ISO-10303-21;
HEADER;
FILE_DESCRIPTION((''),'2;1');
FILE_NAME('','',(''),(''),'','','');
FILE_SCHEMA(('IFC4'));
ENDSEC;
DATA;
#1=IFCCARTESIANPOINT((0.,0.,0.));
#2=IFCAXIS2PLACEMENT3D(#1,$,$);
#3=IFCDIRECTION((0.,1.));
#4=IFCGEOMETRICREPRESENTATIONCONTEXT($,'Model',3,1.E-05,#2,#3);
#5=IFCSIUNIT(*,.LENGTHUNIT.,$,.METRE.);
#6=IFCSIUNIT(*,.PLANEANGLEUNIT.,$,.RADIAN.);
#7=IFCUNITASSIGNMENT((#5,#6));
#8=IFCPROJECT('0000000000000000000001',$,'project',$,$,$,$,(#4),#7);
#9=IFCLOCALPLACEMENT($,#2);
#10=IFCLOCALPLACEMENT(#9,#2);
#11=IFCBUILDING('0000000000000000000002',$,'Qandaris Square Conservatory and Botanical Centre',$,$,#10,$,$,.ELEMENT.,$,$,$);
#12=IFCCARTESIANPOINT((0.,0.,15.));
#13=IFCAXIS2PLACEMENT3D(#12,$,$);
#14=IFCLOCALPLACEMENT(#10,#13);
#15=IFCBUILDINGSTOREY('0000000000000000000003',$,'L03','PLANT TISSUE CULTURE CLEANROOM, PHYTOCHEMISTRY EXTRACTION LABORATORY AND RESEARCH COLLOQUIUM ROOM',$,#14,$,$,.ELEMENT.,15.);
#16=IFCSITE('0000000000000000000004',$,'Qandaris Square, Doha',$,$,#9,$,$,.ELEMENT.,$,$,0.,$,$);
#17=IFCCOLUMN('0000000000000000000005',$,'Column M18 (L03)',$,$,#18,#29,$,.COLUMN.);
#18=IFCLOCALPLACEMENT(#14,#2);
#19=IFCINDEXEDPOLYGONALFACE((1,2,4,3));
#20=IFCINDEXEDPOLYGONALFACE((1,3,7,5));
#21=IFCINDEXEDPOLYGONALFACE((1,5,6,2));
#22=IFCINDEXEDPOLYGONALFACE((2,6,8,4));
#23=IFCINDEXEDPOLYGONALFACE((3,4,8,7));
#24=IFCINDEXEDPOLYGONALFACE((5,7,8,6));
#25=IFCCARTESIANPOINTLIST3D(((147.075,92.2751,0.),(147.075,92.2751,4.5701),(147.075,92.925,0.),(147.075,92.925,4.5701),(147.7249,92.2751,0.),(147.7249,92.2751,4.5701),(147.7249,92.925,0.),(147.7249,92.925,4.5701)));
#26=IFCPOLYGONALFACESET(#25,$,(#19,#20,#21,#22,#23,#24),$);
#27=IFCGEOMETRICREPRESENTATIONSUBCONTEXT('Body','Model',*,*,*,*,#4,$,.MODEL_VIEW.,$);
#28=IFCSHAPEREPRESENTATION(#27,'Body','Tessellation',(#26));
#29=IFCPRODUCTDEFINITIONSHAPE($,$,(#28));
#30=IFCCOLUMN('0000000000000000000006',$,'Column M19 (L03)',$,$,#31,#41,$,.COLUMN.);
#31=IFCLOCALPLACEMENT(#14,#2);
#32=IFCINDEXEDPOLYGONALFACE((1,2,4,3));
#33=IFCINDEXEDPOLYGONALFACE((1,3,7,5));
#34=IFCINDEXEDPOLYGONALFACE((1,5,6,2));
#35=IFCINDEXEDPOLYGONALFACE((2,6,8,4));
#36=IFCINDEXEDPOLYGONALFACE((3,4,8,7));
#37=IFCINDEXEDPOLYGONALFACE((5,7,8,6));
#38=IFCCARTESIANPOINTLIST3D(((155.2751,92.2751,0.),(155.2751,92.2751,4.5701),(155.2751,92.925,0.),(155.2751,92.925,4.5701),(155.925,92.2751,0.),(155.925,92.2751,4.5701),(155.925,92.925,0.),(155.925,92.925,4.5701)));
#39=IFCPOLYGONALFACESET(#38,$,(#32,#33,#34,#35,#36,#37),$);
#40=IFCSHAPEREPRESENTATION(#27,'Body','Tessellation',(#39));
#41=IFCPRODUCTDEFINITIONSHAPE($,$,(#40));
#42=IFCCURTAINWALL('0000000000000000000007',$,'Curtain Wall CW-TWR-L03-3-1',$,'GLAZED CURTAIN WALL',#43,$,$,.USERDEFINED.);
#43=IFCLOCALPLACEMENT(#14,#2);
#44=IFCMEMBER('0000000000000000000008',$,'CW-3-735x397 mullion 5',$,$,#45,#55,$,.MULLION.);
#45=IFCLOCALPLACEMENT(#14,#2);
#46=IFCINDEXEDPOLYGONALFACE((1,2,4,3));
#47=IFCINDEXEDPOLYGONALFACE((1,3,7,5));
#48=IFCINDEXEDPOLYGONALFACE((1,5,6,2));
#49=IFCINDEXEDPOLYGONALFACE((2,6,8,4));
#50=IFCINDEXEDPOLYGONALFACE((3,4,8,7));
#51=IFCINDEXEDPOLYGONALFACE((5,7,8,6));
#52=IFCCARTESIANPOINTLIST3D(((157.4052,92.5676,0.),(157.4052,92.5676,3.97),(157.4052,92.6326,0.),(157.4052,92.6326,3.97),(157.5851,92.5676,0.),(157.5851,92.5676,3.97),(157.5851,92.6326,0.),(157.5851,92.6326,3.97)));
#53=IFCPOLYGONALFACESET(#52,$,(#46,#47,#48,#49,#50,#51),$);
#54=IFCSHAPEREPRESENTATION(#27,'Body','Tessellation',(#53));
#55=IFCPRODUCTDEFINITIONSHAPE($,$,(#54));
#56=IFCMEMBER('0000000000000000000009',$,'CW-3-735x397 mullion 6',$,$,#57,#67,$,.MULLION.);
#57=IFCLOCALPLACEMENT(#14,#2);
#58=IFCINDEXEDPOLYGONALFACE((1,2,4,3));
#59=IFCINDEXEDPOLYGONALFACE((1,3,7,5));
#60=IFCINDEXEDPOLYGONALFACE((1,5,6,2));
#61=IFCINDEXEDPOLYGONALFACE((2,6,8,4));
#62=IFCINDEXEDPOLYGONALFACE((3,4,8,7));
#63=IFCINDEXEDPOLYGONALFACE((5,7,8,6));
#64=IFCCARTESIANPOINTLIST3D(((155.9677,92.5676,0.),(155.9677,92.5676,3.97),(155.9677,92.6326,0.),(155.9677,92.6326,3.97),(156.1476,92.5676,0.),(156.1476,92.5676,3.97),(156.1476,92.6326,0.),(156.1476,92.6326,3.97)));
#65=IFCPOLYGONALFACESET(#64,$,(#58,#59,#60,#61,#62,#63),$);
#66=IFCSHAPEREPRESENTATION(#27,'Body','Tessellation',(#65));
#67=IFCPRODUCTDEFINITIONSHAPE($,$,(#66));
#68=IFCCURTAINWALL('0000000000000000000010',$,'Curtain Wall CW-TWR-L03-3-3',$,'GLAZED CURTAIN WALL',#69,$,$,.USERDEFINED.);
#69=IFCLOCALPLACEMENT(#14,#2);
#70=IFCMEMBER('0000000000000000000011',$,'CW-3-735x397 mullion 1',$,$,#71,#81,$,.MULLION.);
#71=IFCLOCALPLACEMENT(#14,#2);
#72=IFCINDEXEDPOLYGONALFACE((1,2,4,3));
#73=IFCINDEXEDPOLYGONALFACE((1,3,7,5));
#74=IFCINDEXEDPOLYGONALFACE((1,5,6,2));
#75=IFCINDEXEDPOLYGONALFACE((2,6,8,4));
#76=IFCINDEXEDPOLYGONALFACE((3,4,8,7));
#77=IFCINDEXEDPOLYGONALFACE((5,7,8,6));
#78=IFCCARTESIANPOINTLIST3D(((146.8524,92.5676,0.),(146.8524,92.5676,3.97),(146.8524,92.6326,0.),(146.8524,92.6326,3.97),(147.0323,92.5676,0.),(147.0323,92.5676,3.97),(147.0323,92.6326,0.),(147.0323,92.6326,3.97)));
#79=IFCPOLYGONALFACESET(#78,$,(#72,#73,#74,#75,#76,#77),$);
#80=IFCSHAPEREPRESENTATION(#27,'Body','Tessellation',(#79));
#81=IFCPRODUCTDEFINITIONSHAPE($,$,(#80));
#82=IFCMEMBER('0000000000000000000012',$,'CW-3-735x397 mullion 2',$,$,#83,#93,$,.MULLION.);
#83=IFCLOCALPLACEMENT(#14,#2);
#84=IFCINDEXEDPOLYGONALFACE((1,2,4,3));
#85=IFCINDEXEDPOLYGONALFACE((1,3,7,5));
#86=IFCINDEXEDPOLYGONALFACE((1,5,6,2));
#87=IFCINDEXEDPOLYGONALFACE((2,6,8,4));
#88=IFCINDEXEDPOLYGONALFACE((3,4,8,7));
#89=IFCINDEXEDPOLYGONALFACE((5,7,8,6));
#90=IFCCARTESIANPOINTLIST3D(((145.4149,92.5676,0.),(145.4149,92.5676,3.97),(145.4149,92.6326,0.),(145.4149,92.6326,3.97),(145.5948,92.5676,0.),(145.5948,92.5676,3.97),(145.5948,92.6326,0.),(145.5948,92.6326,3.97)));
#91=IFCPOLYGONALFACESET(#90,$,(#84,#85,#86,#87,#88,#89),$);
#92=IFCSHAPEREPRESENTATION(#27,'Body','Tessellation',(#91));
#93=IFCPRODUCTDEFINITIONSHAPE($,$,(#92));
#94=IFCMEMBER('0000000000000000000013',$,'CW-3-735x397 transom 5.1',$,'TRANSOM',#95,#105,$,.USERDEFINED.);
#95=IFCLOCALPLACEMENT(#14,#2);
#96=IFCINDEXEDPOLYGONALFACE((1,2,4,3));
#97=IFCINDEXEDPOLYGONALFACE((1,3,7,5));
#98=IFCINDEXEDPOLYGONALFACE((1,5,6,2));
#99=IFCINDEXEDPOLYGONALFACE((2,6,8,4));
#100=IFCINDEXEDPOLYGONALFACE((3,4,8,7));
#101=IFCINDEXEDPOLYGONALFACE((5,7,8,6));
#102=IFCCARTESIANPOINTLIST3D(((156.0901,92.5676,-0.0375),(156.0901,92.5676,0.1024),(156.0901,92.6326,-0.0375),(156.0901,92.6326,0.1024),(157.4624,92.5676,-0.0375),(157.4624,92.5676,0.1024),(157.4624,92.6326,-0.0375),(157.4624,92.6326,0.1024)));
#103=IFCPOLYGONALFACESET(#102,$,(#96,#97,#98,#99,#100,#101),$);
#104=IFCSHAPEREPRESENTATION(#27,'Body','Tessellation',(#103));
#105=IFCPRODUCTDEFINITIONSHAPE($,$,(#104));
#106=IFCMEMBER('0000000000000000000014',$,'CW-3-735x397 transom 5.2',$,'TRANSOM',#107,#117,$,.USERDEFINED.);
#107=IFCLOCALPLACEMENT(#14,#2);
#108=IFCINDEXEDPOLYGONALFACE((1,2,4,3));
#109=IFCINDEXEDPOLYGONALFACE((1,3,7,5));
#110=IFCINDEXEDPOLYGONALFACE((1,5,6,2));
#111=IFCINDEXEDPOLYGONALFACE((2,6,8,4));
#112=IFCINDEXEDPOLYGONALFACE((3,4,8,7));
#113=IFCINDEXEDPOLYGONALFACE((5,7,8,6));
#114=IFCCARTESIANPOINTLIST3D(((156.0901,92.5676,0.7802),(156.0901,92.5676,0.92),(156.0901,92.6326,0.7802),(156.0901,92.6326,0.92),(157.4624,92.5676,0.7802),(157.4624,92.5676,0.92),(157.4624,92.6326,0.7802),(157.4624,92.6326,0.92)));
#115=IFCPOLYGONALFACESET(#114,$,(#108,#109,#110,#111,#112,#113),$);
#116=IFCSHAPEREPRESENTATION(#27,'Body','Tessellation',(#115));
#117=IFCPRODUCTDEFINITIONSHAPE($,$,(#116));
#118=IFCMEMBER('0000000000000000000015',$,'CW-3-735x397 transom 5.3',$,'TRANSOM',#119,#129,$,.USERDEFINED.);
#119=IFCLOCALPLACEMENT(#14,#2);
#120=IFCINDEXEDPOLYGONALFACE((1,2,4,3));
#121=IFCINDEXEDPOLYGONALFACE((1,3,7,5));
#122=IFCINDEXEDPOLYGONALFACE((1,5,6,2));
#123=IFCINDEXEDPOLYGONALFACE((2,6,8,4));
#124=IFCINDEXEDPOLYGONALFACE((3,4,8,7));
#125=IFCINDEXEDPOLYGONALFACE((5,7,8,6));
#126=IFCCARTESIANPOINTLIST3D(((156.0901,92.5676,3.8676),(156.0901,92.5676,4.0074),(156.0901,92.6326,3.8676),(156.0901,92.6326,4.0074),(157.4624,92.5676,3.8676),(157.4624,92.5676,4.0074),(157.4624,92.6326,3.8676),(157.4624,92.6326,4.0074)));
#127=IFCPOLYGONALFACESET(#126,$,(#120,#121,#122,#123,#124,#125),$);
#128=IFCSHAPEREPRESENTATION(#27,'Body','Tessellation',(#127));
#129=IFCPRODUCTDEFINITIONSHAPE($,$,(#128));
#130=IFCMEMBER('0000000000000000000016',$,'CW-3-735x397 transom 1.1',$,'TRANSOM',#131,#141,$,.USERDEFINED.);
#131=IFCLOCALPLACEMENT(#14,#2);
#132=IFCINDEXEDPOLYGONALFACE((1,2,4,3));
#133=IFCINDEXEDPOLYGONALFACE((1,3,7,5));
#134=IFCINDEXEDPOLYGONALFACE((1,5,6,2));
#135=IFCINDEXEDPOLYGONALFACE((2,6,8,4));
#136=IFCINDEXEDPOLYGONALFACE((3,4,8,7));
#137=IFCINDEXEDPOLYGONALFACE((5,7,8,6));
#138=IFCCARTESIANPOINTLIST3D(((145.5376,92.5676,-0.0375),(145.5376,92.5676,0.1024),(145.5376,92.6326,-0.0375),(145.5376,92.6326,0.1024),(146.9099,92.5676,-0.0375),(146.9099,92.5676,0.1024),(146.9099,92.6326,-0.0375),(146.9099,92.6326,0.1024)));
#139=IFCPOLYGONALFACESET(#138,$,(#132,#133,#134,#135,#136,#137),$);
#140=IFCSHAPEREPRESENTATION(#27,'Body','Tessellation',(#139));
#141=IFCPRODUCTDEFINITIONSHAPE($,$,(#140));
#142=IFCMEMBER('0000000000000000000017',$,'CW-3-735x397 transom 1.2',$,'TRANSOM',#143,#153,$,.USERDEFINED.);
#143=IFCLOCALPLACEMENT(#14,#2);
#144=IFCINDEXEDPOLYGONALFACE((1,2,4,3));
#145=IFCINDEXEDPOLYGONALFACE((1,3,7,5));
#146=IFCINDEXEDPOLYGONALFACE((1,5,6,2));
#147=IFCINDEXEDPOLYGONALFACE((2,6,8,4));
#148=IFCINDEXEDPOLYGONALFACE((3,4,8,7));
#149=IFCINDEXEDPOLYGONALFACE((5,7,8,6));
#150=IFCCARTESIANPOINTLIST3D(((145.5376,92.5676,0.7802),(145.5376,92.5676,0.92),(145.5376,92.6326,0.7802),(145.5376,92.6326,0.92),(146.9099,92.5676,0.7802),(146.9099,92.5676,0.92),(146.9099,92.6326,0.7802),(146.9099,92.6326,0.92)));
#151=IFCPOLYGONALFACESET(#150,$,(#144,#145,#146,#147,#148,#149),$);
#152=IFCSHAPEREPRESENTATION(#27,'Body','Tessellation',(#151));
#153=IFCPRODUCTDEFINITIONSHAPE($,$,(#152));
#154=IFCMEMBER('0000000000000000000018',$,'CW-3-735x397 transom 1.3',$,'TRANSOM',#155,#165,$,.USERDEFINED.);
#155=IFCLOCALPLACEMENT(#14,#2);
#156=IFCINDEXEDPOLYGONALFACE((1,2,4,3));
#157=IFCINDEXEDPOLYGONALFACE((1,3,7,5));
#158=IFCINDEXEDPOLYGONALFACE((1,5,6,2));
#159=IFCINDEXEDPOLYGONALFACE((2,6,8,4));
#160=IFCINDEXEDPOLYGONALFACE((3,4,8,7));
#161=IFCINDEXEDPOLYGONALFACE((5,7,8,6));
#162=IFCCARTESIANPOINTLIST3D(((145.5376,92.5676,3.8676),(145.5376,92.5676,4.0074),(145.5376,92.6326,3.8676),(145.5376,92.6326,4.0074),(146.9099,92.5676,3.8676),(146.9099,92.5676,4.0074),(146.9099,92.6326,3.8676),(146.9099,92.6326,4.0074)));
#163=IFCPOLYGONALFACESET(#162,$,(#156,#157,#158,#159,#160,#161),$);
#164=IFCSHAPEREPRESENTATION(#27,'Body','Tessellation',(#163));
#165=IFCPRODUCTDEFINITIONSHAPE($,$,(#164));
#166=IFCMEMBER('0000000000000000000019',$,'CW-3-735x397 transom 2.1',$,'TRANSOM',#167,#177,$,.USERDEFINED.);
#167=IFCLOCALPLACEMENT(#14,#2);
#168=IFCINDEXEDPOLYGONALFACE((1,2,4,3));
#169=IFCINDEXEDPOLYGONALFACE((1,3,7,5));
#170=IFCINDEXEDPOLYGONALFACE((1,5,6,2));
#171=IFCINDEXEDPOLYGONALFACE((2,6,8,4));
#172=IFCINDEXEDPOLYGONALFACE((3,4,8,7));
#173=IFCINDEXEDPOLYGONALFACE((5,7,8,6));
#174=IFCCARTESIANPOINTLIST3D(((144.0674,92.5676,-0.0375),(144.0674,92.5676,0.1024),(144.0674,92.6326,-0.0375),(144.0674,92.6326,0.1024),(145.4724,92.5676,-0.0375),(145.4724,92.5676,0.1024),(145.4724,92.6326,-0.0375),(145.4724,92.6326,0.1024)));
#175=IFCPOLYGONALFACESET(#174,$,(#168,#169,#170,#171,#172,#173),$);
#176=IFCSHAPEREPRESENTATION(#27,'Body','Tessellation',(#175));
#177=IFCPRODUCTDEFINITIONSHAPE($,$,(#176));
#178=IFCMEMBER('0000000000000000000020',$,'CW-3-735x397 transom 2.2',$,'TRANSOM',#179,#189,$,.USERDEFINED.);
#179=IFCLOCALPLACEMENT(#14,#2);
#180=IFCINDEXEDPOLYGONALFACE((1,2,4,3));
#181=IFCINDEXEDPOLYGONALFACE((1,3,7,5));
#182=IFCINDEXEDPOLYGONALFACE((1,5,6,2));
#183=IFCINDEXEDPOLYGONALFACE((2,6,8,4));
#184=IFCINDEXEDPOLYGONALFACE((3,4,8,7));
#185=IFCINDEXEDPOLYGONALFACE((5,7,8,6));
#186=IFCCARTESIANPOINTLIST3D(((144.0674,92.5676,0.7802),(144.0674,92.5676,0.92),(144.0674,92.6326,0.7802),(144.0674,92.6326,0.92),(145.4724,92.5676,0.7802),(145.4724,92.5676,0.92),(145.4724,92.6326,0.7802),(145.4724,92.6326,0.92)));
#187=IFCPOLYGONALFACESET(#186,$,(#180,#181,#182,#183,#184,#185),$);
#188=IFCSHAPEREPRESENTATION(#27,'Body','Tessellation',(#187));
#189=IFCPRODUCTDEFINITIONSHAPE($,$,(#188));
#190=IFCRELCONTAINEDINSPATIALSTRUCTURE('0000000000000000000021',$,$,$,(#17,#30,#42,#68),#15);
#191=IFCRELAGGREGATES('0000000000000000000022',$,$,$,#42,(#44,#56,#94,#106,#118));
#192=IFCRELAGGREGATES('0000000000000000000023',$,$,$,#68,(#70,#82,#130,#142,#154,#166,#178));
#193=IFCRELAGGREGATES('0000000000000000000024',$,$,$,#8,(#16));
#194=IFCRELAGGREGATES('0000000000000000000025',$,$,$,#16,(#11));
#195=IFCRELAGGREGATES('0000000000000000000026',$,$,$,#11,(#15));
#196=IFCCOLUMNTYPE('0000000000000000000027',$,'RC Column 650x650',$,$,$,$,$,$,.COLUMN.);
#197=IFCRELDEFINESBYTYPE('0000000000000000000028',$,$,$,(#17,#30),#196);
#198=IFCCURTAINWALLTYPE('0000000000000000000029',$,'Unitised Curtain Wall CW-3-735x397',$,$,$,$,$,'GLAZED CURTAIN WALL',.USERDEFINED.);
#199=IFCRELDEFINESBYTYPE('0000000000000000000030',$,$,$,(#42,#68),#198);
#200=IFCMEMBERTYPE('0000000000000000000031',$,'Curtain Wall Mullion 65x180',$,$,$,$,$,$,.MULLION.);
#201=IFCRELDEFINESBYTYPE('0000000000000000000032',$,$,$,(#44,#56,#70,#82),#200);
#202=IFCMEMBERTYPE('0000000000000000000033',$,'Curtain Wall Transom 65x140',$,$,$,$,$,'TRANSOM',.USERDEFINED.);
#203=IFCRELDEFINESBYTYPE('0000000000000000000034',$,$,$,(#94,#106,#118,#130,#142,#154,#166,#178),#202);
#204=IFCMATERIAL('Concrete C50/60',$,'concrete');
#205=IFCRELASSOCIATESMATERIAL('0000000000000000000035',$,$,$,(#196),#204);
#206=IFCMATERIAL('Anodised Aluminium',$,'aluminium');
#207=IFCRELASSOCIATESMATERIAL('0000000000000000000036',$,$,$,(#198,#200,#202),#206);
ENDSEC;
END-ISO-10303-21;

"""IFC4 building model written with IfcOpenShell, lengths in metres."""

from ifc_helpers import new_model, si_unit, direction, frame, origin, origin_2d, place, context, subcontext, project, spatial, rectangle, extrude, material, material_profile, profile_set, type_object, element, aggregate, save


model = new_model("IFC4")

# Units and contexts
model_context = context("Model", 3, precision=1e-05, world=origin(), true_north=direction((0.0, 1.0)))
body_context = subcontext(model_context, "Body", "Model", "MODEL_VIEW")
ifc_project = project(units=[si_unit("LENGTHUNIT", "METRE"), si_unit("PLANEANGLEUNIT", "RADIAN")], contexts=[model_context])

# Site, building, storey
site_placement = place(None, origin())
site = spatial("IfcSite", under=ifc_project, at=site_placement, Name="Qandaris Square, Doha", CompositionType="ELEMENT", RefElevation=0.0)
building_placement = place(site_placement, origin())
building = spatial("IfcBuilding", under=site, at=building_placement, Name="Qandaris Square Conservatory and Botanical Centre", CompositionType="ELEMENT")
storey_placement = place(building_placement, frame((0.0, 0.0, 15.0)))
storey = spatial("IfcBuildingStorey", under=building, at=storey_placement, Name="L03", Description="PLANT TISSUE CULTURE CLEANROOM, PHYTOCHEMISTRY EXTRACTION LABORATORY AND RESEARCH COLLOQUIUM ROOM", CompositionType="ELEMENT", Elevation=15.0)

# Columns
ifc_material_1 = material(Name="Concrete C50/60", Category="concrete")
ifc_material_profile_1 = material_profile(ifc_material_1, rectangle(XDim=0.6499, YDim=0.6499, at=origin_2d()), Name="RC-COL 650x650")
ifc_profile_set_1 = profile_set([ifc_material_profile_1], Name="Concrete C50/60")
column_type = type_object("IfcColumnType", Name="RC Column 650x650", PredefinedType="COLUMN", material=ifc_profile_set_1)
for number, where, z_axis, x_axis, name in (
    (1, (147.3999, 92.6001, 0.0), (0.0, 0.0, 1.0), (1.0, 0.0, 0.0), "Column M18 (L03)"),
    (2, (155.6001, 92.6001, 0.0), (0.0, 0.0, 1.0), (1.0, 0.0, 0.0), "Column M19 (L03)"),
):
    element("IfcColumn", number, at=place(storey_placement, frame(where, z_axis=z_axis, x_axis=x_axis)), inside=storey, type_object=column_type, Name=name, PredefinedType="COLUMN", context=body_context, shape_type="SweptSolid", body=[
        extrude(rectangle(XDim=0.6499, YDim=0.6499, at=origin_2d()), origin(), (0.0, 0.0, 1.0), 4.5701),
    ])

# Curtain walls, members
ifc_material_2 = material(Name="Anodised Aluminium", Category="aluminium")
curtain_wall_type = type_object("IfcCurtainWallType", Name="Unitised Curtain Wall CW-3-735x397", ElementType="GLAZED CURTAIN WALL", PredefinedType="USERDEFINED", material=ifc_material_2)
curtain_wall_1_placement = place(storey_placement, origin())
curtain_wall_1 = element("IfcCurtainWall", 3, at=curtain_wall_1_placement, inside=storey, type_object=curtain_wall_type, Name="Curtain Wall CW-TWR-L03-3-1", ObjectType="GLAZED CURTAIN WALL", PredefinedType="USERDEFINED")
ifc_material_profile_2 = material_profile(ifc_material_2, rectangle(XDim=0.0649, YDim=0.1799, at=origin_2d()), Name="ALU-MUL 65x180")
ifc_profile_set_2 = profile_set([ifc_material_profile_2], Name="Anodised Aluminium")
member_type_1 = type_object("IfcMemberType", Name="Curtain Wall Mullion 65x180", PredefinedType="MULLION", material=ifc_profile_set_2)
member_1_placement = place(storey_placement, frame((157.4951, 92.6001, 0.0), z_axis=(0.0, 0.0, 1.0), x_axis=(0.0, -1.0, 0.0)))
member_1 = element("IfcMember", 4, at=member_1_placement, type_object=member_type_1, Name="CW-3-735x397 mullion 5", PredefinedType="MULLION", context=body_context, shape_type="SweptSolid", body=[
    extrude(rectangle(XDim=0.0649, YDim=0.1799, at=origin_2d()), origin(), (0.0, 0.0, 1.0), 3.97),
])
member_2_placement = place(storey_placement, frame((156.0576, 92.6001, 0.0), z_axis=(0.0, 0.0, 1.0), x_axis=(0.0, -1.0, 0.0)))
member_2 = element("IfcMember", 5, at=member_2_placement, type_object=member_type_1, Name="CW-3-735x397 mullion 6", PredefinedType="MULLION", context=body_context, shape_type="SweptSolid", body=[
    extrude(rectangle(XDim=0.0649, YDim=0.1799, at=origin_2d()), origin(), (0.0, 0.0, 1.0), 3.97),
])
curtain_wall_2_placement = place(storey_placement, origin())
curtain_wall_2 = element("IfcCurtainWall", 6, at=curtain_wall_2_placement, inside=storey, type_object=curtain_wall_type, Name="Curtain Wall CW-TWR-L03-3-3", ObjectType="GLAZED CURTAIN WALL", PredefinedType="USERDEFINED")
member_3_placement = place(storey_placement, frame((146.9424, 92.6001, 0.0), z_axis=(0.0, 0.0, 1.0), x_axis=(0.0, -1.0, 0.0)))
member_3 = element("IfcMember", 7, at=member_3_placement, type_object=member_type_1, Name="CW-3-735x397 mullion 1", PredefinedType="MULLION", context=body_context, shape_type="SweptSolid", body=[
    extrude(rectangle(XDim=0.0649, YDim=0.1799, at=origin_2d()), origin(), (0.0, 0.0, 1.0), 3.97),
])
member_4_placement = place(storey_placement, frame((145.5049, 92.6001, 0.0), z_axis=(0.0, 0.0, 1.0), x_axis=(0.0, -1.0, 0.0)))
member_4 = element("IfcMember", 8, at=member_4_placement, type_object=member_type_1, Name="CW-3-735x397 mullion 2", PredefinedType="MULLION", context=body_context, shape_type="SweptSolid", body=[
    extrude(rectangle(XDim=0.0649, YDim=0.1799, at=origin_2d()), origin(), (0.0, 0.0, 1.0), 3.97),
])

# Members
ifc_material_profile_3 = material_profile(ifc_material_2, rectangle(XDim=0.0649, YDim=0.1399, at=origin_2d()), Name="ALU-TRN 65x140")
ifc_profile_set_3 = profile_set([ifc_material_profile_3], Name="Anodised Aluminium")
member_type_2 = type_object("IfcMemberType", Name="Curtain Wall Transom 65x140", ElementType="TRANSOM", PredefinedType="USERDEFINED", material=ifc_profile_set_3)
member_5_placement = place(storey_placement, frame((157.4624, 92.6001, 0.0325), z_axis=(-1.0, 0.0, 0.0), x_axis=(0.0, -1.0, 0.0)))
member_5 = element("IfcMember", 9, at=member_5_placement, type_object=member_type_2, Name="CW-3-735x397 transom 5.1", ObjectType="TRANSOM", PredefinedType="USERDEFINED", context=body_context, shape_type="SweptSolid", body=[
    extrude(rectangle(XDim=0.0649, YDim=0.1399, at=origin_2d()), origin(), (0.0, 0.0, 1.0), 1.3723),
])
member_6_placement = place(storey_placement, frame((157.4624, 92.6001, 0.8501), z_axis=(-1.0, 0.0, 0.0), x_axis=(0.0, -1.0, 0.0)))
member_6 = element("IfcMember", 10, at=member_6_placement, type_object=member_type_2, Name="CW-3-735x397 transom 5.2", ObjectType="TRANSOM", PredefinedType="USERDEFINED", context=body_context, shape_type="SweptSolid", body=[
    extrude(rectangle(XDim=0.0649, YDim=0.1399, at=origin_2d()), origin(), (0.0, 0.0, 1.0), 1.3723),
])
member_7_placement = place(storey_placement, frame((157.4624, 92.6001, 3.9375), z_axis=(-1.0, 0.0, 0.0), x_axis=(0.0, -1.0, 0.0)))
member_7 = element("IfcMember", 11, at=member_7_placement, type_object=member_type_2, Name="CW-3-735x397 transom 5.3", ObjectType="TRANSOM", PredefinedType="USERDEFINED", context=body_context, shape_type="SweptSolid", body=[
    extrude(rectangle(XDim=0.0649, YDim=0.1399, at=origin_2d()), origin(), (0.0, 0.0, 1.0), 1.3723),
])
member_8_placement = place(storey_placement, frame((146.9099, 92.6001, 0.0325), z_axis=(-1.0, 0.0, 0.0), x_axis=(0.0, -1.0, 0.0)))
member_8 = element("IfcMember", 12, at=member_8_placement, type_object=member_type_2, Name="CW-3-735x397 transom 1.1", ObjectType="TRANSOM", PredefinedType="USERDEFINED", context=body_context, shape_type="SweptSolid", body=[
    extrude(rectangle(XDim=0.0649, YDim=0.1399, at=origin_2d()), origin(), (0.0, 0.0, 1.0), 1.3723),
])
member_9_placement = place(storey_placement, frame((146.9099, 92.6001, 0.8501), z_axis=(-1.0, 0.0, 0.0), x_axis=(0.0, -1.0, 0.0)))
member_9 = element("IfcMember", 13, at=member_9_placement, type_object=member_type_2, Name="CW-3-735x397 transom 1.2", ObjectType="TRANSOM", PredefinedType="USERDEFINED", context=body_context, shape_type="SweptSolid", body=[
    extrude(rectangle(XDim=0.0649, YDim=0.1399, at=origin_2d()), origin(), (0.0, 0.0, 1.0), 1.3723),
])
member_10_placement = place(storey_placement, frame((146.9099, 92.6001, 3.9375), z_axis=(-1.0, 0.0, 0.0), x_axis=(0.0, -1.0, 0.0)))
member_10 = element("IfcMember", 14, at=member_10_placement, type_object=member_type_2, Name="CW-3-735x397 transom 1.3", ObjectType="TRANSOM", PredefinedType="USERDEFINED", context=body_context, shape_type="SweptSolid", body=[
    extrude(rectangle(XDim=0.0649, YDim=0.1399, at=origin_2d()), origin(), (0.0, 0.0, 1.0), 1.3723),
])
member_11_placement = place(storey_placement, frame((145.4724, 92.6001, 0.0325), z_axis=(-1.0, 0.0, 0.0), x_axis=(0.0, -1.0, 0.0)))
member_11 = element("IfcMember", 15, at=member_11_placement, type_object=member_type_2, Name="CW-3-735x397 transom 2.1", ObjectType="TRANSOM", PredefinedType="USERDEFINED", context=body_context, shape_type="SweptSolid", body=[
    extrude(rectangle(XDim=0.0649, YDim=0.1399, at=origin_2d()), origin(), (0.0, 0.0, 1.0), 1.405),
])
member_12_placement = place(storey_placement, frame((145.4724, 92.6001, 0.8501), z_axis=(-1.0, 0.0, 0.0), x_axis=(0.0, -1.0, 0.0)))
member_12 = element("IfcMember", 16, at=member_12_placement, type_object=member_type_2, Name="CW-3-735x397 transom 2.2", ObjectType="TRANSOM", PredefinedType="USERDEFINED", context=body_context, shape_type="SweptSolid", body=[
    extrude(rectangle(XDim=0.0649, YDim=0.1399, at=origin_2d()), origin(), (0.0, 0.0, 1.0), 1.405),
])

aggregate(curtain_wall_1, [member_1, member_2, member_5, member_6, member_7])
aggregate(curtain_wall_2, [member_3, member_4, member_8, member_9, member_10, member_11, member_12])

save(model, "model.ifc")
